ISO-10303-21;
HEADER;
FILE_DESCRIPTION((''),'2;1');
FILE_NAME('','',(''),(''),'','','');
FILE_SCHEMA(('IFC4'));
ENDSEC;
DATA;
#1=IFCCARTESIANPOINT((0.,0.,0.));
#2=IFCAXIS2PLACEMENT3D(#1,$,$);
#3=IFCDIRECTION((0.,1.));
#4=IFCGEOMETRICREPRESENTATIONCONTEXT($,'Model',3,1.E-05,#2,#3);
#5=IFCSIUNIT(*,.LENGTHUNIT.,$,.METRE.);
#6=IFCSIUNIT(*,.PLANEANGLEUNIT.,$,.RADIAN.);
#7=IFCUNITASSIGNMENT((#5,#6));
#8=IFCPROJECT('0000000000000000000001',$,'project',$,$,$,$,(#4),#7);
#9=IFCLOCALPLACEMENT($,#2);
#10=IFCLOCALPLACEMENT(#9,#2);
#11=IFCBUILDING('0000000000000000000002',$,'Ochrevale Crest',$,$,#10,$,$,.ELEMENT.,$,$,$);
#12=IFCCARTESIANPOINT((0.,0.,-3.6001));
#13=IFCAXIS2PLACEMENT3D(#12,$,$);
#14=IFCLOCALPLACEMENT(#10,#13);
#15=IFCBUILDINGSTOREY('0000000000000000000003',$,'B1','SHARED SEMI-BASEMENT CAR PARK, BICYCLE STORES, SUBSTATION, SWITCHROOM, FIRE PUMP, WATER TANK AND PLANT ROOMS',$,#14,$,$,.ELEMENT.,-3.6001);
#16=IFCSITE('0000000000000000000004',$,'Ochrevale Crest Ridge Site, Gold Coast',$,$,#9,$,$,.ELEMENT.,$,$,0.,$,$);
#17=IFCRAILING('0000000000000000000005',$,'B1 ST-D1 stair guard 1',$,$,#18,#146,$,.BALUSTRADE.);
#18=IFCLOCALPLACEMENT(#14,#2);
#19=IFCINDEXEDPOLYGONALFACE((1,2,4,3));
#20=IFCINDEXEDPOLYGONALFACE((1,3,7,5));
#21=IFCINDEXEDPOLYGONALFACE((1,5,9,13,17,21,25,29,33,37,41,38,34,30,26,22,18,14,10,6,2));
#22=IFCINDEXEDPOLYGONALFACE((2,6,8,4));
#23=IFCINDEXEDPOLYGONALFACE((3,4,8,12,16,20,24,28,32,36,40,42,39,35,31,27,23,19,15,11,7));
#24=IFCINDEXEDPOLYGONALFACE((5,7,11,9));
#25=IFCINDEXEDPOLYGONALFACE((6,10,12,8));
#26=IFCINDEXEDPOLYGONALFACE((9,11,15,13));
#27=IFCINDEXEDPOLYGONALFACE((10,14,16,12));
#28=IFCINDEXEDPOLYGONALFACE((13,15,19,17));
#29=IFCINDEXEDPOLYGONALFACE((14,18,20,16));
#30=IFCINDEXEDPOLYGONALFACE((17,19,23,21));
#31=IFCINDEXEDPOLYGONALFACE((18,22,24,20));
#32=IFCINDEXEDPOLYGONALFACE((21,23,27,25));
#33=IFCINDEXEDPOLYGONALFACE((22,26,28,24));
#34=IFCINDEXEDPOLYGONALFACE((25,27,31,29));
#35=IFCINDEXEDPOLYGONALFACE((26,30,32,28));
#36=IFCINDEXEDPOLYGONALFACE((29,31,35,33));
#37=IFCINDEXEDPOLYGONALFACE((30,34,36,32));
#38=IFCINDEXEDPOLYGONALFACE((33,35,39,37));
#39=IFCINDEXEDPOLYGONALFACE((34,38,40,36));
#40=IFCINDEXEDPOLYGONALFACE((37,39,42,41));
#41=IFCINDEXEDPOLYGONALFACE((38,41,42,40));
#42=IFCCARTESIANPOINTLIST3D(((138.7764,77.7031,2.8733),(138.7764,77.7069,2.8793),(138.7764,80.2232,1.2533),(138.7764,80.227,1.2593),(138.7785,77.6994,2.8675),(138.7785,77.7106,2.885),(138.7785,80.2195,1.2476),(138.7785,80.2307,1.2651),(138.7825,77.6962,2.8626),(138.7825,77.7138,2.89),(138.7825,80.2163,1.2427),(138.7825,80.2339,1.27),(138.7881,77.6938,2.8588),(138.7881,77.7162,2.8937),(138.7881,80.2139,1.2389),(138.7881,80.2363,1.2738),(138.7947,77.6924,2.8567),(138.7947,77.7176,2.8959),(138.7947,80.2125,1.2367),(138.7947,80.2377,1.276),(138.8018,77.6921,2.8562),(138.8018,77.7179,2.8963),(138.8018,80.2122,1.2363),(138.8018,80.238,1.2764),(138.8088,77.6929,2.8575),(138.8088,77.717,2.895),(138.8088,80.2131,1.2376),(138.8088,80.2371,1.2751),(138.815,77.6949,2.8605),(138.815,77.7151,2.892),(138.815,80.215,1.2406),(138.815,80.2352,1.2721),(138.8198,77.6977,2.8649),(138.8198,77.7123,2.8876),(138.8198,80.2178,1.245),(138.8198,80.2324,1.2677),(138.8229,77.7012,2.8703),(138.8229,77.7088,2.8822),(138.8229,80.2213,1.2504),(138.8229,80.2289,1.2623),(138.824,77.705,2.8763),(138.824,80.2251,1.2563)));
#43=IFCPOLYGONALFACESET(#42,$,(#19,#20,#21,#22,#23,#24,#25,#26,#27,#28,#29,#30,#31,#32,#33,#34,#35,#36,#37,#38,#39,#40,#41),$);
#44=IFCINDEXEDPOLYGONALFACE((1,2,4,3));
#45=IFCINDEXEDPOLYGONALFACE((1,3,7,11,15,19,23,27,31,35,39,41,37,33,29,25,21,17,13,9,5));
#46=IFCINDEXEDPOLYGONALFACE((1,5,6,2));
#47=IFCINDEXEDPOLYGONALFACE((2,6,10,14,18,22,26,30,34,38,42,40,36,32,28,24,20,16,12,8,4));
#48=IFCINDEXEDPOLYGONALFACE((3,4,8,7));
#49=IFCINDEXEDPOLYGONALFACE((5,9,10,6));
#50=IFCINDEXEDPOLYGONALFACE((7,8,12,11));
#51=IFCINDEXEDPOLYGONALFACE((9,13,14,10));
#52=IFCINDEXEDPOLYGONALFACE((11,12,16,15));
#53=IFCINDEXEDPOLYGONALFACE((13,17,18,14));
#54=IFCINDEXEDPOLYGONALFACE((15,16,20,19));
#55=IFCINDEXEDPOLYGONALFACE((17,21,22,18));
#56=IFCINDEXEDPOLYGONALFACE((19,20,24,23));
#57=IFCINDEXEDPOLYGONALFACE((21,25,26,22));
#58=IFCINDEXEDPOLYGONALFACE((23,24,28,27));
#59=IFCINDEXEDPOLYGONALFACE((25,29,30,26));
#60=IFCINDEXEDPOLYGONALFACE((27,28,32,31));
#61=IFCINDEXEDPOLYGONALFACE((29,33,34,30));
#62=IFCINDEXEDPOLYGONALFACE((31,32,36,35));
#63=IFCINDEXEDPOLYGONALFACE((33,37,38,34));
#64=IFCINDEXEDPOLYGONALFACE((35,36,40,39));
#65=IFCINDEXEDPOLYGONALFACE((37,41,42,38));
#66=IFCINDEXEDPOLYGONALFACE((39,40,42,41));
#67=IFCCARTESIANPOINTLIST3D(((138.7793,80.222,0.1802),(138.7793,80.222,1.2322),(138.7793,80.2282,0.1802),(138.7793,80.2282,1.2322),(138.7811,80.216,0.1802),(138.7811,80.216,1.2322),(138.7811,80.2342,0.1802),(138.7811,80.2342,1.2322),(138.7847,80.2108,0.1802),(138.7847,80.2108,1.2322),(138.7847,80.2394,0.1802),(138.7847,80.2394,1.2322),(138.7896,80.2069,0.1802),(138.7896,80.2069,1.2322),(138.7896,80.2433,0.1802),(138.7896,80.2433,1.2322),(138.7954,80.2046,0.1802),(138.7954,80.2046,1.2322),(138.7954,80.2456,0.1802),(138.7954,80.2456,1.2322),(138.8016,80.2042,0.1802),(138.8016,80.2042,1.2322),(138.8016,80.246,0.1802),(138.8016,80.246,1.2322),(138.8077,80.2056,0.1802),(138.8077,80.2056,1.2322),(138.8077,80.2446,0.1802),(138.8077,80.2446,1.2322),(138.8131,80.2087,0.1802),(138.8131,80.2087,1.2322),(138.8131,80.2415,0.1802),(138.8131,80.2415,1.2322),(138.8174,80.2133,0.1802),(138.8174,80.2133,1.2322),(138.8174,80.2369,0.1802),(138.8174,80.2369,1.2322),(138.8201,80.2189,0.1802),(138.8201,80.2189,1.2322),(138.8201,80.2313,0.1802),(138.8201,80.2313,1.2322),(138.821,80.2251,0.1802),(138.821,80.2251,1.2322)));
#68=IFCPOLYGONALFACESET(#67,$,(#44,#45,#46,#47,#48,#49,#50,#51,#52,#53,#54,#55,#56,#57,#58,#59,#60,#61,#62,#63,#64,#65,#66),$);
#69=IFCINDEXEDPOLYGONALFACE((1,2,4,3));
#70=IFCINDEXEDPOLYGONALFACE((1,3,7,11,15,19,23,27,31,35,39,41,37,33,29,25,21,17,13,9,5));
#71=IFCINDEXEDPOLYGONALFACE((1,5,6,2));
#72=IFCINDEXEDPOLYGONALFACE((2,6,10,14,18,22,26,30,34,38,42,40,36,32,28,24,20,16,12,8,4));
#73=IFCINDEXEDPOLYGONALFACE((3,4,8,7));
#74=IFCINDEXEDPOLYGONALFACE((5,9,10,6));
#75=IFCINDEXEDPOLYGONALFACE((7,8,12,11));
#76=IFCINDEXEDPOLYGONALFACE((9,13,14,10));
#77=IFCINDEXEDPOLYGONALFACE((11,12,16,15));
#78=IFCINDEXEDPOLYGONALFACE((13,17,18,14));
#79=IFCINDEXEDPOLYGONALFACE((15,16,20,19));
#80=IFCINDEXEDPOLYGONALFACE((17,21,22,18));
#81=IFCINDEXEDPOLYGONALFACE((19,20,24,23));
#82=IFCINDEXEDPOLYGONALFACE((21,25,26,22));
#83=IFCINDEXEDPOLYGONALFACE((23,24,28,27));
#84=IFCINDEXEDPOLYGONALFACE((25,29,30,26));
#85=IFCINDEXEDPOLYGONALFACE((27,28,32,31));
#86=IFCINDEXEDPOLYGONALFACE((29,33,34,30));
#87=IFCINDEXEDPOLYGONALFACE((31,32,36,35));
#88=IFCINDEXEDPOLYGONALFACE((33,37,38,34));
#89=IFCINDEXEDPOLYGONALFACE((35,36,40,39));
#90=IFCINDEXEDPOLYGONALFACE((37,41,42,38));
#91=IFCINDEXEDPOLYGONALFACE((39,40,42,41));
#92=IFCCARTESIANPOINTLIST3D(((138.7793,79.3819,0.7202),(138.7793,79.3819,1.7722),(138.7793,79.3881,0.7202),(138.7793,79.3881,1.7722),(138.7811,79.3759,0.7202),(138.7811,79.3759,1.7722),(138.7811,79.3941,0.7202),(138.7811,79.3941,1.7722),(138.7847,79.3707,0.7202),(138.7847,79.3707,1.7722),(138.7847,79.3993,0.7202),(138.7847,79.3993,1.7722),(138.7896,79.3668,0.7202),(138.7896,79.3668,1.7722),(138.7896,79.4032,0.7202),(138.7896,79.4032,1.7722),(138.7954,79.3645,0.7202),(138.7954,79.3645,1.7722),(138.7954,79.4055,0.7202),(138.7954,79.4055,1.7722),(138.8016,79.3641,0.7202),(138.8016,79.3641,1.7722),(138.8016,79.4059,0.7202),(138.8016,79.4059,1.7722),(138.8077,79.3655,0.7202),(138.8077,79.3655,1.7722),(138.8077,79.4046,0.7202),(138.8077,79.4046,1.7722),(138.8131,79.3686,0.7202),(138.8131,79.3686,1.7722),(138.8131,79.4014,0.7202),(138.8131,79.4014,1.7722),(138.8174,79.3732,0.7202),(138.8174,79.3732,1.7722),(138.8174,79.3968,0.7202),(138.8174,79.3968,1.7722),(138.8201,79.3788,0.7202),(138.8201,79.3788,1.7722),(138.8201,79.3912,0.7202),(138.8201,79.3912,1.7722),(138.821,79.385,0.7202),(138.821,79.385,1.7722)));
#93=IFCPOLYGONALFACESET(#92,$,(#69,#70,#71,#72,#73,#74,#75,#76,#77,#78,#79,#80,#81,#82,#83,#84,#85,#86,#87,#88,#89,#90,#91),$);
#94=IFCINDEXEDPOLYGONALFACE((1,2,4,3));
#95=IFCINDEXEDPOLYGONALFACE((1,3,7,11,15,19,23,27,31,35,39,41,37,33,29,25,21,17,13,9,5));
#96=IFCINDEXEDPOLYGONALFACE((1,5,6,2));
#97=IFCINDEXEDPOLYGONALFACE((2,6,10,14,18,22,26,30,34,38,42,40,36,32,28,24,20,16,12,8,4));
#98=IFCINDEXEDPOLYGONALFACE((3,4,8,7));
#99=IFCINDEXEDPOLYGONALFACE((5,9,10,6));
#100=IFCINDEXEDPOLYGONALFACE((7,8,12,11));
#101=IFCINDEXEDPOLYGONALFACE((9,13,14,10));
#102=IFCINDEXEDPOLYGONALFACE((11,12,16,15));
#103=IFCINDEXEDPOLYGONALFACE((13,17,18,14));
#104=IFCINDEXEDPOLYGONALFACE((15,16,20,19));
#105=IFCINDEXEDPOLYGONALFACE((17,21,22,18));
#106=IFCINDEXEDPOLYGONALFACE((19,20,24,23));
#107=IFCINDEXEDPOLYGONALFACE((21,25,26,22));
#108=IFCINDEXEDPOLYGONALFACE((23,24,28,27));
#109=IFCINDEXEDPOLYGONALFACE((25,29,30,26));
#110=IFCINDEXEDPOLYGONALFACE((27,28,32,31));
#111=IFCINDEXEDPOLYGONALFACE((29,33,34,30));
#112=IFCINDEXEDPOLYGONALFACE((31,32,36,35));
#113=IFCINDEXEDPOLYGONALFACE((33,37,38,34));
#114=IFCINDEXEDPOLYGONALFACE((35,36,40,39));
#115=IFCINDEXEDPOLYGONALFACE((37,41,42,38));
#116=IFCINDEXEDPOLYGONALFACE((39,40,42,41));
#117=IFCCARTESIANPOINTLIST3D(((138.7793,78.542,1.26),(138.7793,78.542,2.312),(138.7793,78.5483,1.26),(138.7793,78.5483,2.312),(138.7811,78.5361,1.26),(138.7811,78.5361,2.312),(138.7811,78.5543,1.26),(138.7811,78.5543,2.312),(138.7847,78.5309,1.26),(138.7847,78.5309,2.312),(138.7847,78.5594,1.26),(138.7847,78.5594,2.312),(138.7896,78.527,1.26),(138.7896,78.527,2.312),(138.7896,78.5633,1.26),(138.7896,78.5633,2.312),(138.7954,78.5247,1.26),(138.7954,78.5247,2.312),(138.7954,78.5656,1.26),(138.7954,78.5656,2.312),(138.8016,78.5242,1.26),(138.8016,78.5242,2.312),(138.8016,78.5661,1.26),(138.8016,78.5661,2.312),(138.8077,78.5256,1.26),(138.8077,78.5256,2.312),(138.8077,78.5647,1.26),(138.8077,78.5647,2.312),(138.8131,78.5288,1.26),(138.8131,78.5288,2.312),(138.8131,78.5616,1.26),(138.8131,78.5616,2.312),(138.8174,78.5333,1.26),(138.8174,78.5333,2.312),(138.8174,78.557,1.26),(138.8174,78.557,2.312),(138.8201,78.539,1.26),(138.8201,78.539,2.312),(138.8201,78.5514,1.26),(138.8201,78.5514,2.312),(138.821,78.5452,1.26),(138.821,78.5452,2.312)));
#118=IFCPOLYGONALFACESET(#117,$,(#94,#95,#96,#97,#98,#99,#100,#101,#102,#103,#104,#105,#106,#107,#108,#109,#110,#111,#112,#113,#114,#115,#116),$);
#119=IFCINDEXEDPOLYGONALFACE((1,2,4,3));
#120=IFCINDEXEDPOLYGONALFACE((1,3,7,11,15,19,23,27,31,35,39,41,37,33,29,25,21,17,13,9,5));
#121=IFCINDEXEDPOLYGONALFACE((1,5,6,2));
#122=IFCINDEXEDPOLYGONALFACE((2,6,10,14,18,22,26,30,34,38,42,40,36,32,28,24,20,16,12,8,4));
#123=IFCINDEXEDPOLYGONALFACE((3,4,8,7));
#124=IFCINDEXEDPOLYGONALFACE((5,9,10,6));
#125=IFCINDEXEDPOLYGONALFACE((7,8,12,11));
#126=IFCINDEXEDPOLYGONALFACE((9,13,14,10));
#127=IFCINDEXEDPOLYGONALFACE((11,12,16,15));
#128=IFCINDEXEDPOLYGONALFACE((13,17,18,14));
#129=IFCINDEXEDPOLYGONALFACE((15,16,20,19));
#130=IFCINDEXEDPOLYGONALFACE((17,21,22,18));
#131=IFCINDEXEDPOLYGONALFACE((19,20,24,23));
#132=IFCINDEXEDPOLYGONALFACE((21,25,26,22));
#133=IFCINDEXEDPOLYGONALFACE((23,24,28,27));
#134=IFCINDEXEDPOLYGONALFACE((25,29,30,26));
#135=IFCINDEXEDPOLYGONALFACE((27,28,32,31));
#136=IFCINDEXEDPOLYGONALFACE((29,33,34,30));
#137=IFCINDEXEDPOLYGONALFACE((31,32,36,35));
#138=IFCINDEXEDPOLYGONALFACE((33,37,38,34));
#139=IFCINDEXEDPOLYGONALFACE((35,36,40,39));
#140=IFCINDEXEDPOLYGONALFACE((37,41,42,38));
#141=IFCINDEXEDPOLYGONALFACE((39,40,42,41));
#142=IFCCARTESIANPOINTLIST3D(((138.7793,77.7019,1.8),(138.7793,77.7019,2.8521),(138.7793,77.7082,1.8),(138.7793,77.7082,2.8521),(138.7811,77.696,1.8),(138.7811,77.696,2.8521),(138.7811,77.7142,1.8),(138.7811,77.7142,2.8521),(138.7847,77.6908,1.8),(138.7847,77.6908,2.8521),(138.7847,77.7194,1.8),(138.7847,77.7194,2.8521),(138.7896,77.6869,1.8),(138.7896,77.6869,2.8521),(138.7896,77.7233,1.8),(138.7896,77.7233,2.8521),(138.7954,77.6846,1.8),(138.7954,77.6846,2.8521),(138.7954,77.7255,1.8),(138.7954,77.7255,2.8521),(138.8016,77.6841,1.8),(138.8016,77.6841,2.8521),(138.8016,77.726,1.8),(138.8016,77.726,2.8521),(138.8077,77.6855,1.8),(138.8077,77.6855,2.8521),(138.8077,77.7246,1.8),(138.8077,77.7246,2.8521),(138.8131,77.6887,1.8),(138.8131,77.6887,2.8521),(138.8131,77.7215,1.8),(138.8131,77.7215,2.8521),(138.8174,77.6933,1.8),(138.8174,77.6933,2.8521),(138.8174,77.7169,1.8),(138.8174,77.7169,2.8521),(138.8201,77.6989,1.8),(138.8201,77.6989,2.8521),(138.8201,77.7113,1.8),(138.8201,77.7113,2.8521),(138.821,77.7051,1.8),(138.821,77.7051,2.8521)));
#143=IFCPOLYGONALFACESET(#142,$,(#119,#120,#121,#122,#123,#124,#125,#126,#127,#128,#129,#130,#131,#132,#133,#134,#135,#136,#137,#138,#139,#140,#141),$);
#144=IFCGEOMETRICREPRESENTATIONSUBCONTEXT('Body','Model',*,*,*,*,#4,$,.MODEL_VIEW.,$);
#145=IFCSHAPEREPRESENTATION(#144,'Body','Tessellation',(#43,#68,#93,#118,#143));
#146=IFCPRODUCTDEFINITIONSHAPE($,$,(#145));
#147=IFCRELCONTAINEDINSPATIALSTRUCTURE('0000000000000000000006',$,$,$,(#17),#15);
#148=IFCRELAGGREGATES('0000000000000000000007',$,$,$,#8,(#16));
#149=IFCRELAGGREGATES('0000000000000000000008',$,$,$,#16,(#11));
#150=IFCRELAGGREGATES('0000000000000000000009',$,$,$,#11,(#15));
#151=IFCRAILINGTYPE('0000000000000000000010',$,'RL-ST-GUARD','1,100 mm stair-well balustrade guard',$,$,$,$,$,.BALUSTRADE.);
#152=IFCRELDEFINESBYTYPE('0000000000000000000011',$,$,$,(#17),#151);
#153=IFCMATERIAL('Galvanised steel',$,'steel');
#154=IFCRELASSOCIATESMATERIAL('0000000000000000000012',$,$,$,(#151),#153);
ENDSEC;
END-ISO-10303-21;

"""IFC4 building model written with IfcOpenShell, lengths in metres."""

from ifc_helpers import new_model, si_unit, direction, frame, origin, origin_2d, place, context, subcontext, project, spatial, circle, extrude, material, type_object, element, save


model = new_model("IFC4")

# Units and contexts
model_context = context("Model", 3, precision=1e-05, world=origin(), true_north=direction((0.0, 1.0)))
body_context = subcontext(model_context, "Body", "Model", "MODEL_VIEW")
ifc_project = project(units=[si_unit("LENGTHUNIT", "METRE"), si_unit("PLANEANGLEUNIT", "RADIAN")], contexts=[model_context])

# Site, building, storey
site_placement = place(None, origin())
site = spatial("IfcSite", under=ifc_project, at=site_placement, Name="Ochrevale Crest Ridge Site, Gold Coast", CompositionType="ELEMENT", RefElevation=0.0)
building_placement = place(site_placement, origin())
building = spatial("IfcBuilding", under=site, at=building_placement, Name="Ochrevale Crest", CompositionType="ELEMENT")
storey_placement = place(building_placement, frame((0.0, 0.0, -3.6001)))
storey = spatial("IfcBuildingStorey", under=building, at=storey_placement, Name="B1", Description="SHARED SEMI-BASEMENT CAR PARK, BICYCLE STORES, SUBSTATION, SWITCHROOM, FIRE PUMP, WATER TANK AND PLANT ROOMS", CompositionType="ELEMENT", Elevation=-3.6001)

# Railing
ifc_material_1 = material(Name="Galvanised steel", Category="steel")
railing_type_1 = type_object("IfcRailingType", Name="RL-ST-GUARD", Description="1,100 mm stair-well balustrade guard", PredefinedType="BALUSTRADE", material=ifc_material_1)
railing_1_placement = place(storey_placement, frame((138.8, 80.2251, 0.1802)))
element("IfcRailing", 1, at=railing_1_placement, inside=storey, type_object=railing_type_1, Name="B1 ST-D1 stair guard 1", PredefinedType="BALUSTRADE", context=body_context, shape_type="SweptSolid", body=[
    extrude(circle(Radius=0.0239, at=origin_2d()), frame((0.0, 0.0, 1.0762), z_axis=(0.0, -0.8412, 0.540725), x_axis=(1.0, 0.0, 0.0)), (0.0, 0.0, 1.0), 2.9958),
    extrude(circle(Radius=0.021, at=origin_2d()), origin(), (0.0, 0.0, 1.0), 1.052),
    extrude(circle(Radius=0.021, at=origin_2d()), frame((0.0, -0.8401, 0.54)), (0.0, 0.0, 1.0), 1.052),
    extrude(circle(Radius=0.021, at=origin_2d()), frame((0.0, -1.6799, 1.0798)), (0.0, 0.0, 1.0), 1.052),
    extrude(circle(Radius=0.021, at=origin_2d()), frame((0.0, -2.52, 1.6199)), (0.0, 0.0, 1.0), 1.052),
])

save(model, "model.ifc")
